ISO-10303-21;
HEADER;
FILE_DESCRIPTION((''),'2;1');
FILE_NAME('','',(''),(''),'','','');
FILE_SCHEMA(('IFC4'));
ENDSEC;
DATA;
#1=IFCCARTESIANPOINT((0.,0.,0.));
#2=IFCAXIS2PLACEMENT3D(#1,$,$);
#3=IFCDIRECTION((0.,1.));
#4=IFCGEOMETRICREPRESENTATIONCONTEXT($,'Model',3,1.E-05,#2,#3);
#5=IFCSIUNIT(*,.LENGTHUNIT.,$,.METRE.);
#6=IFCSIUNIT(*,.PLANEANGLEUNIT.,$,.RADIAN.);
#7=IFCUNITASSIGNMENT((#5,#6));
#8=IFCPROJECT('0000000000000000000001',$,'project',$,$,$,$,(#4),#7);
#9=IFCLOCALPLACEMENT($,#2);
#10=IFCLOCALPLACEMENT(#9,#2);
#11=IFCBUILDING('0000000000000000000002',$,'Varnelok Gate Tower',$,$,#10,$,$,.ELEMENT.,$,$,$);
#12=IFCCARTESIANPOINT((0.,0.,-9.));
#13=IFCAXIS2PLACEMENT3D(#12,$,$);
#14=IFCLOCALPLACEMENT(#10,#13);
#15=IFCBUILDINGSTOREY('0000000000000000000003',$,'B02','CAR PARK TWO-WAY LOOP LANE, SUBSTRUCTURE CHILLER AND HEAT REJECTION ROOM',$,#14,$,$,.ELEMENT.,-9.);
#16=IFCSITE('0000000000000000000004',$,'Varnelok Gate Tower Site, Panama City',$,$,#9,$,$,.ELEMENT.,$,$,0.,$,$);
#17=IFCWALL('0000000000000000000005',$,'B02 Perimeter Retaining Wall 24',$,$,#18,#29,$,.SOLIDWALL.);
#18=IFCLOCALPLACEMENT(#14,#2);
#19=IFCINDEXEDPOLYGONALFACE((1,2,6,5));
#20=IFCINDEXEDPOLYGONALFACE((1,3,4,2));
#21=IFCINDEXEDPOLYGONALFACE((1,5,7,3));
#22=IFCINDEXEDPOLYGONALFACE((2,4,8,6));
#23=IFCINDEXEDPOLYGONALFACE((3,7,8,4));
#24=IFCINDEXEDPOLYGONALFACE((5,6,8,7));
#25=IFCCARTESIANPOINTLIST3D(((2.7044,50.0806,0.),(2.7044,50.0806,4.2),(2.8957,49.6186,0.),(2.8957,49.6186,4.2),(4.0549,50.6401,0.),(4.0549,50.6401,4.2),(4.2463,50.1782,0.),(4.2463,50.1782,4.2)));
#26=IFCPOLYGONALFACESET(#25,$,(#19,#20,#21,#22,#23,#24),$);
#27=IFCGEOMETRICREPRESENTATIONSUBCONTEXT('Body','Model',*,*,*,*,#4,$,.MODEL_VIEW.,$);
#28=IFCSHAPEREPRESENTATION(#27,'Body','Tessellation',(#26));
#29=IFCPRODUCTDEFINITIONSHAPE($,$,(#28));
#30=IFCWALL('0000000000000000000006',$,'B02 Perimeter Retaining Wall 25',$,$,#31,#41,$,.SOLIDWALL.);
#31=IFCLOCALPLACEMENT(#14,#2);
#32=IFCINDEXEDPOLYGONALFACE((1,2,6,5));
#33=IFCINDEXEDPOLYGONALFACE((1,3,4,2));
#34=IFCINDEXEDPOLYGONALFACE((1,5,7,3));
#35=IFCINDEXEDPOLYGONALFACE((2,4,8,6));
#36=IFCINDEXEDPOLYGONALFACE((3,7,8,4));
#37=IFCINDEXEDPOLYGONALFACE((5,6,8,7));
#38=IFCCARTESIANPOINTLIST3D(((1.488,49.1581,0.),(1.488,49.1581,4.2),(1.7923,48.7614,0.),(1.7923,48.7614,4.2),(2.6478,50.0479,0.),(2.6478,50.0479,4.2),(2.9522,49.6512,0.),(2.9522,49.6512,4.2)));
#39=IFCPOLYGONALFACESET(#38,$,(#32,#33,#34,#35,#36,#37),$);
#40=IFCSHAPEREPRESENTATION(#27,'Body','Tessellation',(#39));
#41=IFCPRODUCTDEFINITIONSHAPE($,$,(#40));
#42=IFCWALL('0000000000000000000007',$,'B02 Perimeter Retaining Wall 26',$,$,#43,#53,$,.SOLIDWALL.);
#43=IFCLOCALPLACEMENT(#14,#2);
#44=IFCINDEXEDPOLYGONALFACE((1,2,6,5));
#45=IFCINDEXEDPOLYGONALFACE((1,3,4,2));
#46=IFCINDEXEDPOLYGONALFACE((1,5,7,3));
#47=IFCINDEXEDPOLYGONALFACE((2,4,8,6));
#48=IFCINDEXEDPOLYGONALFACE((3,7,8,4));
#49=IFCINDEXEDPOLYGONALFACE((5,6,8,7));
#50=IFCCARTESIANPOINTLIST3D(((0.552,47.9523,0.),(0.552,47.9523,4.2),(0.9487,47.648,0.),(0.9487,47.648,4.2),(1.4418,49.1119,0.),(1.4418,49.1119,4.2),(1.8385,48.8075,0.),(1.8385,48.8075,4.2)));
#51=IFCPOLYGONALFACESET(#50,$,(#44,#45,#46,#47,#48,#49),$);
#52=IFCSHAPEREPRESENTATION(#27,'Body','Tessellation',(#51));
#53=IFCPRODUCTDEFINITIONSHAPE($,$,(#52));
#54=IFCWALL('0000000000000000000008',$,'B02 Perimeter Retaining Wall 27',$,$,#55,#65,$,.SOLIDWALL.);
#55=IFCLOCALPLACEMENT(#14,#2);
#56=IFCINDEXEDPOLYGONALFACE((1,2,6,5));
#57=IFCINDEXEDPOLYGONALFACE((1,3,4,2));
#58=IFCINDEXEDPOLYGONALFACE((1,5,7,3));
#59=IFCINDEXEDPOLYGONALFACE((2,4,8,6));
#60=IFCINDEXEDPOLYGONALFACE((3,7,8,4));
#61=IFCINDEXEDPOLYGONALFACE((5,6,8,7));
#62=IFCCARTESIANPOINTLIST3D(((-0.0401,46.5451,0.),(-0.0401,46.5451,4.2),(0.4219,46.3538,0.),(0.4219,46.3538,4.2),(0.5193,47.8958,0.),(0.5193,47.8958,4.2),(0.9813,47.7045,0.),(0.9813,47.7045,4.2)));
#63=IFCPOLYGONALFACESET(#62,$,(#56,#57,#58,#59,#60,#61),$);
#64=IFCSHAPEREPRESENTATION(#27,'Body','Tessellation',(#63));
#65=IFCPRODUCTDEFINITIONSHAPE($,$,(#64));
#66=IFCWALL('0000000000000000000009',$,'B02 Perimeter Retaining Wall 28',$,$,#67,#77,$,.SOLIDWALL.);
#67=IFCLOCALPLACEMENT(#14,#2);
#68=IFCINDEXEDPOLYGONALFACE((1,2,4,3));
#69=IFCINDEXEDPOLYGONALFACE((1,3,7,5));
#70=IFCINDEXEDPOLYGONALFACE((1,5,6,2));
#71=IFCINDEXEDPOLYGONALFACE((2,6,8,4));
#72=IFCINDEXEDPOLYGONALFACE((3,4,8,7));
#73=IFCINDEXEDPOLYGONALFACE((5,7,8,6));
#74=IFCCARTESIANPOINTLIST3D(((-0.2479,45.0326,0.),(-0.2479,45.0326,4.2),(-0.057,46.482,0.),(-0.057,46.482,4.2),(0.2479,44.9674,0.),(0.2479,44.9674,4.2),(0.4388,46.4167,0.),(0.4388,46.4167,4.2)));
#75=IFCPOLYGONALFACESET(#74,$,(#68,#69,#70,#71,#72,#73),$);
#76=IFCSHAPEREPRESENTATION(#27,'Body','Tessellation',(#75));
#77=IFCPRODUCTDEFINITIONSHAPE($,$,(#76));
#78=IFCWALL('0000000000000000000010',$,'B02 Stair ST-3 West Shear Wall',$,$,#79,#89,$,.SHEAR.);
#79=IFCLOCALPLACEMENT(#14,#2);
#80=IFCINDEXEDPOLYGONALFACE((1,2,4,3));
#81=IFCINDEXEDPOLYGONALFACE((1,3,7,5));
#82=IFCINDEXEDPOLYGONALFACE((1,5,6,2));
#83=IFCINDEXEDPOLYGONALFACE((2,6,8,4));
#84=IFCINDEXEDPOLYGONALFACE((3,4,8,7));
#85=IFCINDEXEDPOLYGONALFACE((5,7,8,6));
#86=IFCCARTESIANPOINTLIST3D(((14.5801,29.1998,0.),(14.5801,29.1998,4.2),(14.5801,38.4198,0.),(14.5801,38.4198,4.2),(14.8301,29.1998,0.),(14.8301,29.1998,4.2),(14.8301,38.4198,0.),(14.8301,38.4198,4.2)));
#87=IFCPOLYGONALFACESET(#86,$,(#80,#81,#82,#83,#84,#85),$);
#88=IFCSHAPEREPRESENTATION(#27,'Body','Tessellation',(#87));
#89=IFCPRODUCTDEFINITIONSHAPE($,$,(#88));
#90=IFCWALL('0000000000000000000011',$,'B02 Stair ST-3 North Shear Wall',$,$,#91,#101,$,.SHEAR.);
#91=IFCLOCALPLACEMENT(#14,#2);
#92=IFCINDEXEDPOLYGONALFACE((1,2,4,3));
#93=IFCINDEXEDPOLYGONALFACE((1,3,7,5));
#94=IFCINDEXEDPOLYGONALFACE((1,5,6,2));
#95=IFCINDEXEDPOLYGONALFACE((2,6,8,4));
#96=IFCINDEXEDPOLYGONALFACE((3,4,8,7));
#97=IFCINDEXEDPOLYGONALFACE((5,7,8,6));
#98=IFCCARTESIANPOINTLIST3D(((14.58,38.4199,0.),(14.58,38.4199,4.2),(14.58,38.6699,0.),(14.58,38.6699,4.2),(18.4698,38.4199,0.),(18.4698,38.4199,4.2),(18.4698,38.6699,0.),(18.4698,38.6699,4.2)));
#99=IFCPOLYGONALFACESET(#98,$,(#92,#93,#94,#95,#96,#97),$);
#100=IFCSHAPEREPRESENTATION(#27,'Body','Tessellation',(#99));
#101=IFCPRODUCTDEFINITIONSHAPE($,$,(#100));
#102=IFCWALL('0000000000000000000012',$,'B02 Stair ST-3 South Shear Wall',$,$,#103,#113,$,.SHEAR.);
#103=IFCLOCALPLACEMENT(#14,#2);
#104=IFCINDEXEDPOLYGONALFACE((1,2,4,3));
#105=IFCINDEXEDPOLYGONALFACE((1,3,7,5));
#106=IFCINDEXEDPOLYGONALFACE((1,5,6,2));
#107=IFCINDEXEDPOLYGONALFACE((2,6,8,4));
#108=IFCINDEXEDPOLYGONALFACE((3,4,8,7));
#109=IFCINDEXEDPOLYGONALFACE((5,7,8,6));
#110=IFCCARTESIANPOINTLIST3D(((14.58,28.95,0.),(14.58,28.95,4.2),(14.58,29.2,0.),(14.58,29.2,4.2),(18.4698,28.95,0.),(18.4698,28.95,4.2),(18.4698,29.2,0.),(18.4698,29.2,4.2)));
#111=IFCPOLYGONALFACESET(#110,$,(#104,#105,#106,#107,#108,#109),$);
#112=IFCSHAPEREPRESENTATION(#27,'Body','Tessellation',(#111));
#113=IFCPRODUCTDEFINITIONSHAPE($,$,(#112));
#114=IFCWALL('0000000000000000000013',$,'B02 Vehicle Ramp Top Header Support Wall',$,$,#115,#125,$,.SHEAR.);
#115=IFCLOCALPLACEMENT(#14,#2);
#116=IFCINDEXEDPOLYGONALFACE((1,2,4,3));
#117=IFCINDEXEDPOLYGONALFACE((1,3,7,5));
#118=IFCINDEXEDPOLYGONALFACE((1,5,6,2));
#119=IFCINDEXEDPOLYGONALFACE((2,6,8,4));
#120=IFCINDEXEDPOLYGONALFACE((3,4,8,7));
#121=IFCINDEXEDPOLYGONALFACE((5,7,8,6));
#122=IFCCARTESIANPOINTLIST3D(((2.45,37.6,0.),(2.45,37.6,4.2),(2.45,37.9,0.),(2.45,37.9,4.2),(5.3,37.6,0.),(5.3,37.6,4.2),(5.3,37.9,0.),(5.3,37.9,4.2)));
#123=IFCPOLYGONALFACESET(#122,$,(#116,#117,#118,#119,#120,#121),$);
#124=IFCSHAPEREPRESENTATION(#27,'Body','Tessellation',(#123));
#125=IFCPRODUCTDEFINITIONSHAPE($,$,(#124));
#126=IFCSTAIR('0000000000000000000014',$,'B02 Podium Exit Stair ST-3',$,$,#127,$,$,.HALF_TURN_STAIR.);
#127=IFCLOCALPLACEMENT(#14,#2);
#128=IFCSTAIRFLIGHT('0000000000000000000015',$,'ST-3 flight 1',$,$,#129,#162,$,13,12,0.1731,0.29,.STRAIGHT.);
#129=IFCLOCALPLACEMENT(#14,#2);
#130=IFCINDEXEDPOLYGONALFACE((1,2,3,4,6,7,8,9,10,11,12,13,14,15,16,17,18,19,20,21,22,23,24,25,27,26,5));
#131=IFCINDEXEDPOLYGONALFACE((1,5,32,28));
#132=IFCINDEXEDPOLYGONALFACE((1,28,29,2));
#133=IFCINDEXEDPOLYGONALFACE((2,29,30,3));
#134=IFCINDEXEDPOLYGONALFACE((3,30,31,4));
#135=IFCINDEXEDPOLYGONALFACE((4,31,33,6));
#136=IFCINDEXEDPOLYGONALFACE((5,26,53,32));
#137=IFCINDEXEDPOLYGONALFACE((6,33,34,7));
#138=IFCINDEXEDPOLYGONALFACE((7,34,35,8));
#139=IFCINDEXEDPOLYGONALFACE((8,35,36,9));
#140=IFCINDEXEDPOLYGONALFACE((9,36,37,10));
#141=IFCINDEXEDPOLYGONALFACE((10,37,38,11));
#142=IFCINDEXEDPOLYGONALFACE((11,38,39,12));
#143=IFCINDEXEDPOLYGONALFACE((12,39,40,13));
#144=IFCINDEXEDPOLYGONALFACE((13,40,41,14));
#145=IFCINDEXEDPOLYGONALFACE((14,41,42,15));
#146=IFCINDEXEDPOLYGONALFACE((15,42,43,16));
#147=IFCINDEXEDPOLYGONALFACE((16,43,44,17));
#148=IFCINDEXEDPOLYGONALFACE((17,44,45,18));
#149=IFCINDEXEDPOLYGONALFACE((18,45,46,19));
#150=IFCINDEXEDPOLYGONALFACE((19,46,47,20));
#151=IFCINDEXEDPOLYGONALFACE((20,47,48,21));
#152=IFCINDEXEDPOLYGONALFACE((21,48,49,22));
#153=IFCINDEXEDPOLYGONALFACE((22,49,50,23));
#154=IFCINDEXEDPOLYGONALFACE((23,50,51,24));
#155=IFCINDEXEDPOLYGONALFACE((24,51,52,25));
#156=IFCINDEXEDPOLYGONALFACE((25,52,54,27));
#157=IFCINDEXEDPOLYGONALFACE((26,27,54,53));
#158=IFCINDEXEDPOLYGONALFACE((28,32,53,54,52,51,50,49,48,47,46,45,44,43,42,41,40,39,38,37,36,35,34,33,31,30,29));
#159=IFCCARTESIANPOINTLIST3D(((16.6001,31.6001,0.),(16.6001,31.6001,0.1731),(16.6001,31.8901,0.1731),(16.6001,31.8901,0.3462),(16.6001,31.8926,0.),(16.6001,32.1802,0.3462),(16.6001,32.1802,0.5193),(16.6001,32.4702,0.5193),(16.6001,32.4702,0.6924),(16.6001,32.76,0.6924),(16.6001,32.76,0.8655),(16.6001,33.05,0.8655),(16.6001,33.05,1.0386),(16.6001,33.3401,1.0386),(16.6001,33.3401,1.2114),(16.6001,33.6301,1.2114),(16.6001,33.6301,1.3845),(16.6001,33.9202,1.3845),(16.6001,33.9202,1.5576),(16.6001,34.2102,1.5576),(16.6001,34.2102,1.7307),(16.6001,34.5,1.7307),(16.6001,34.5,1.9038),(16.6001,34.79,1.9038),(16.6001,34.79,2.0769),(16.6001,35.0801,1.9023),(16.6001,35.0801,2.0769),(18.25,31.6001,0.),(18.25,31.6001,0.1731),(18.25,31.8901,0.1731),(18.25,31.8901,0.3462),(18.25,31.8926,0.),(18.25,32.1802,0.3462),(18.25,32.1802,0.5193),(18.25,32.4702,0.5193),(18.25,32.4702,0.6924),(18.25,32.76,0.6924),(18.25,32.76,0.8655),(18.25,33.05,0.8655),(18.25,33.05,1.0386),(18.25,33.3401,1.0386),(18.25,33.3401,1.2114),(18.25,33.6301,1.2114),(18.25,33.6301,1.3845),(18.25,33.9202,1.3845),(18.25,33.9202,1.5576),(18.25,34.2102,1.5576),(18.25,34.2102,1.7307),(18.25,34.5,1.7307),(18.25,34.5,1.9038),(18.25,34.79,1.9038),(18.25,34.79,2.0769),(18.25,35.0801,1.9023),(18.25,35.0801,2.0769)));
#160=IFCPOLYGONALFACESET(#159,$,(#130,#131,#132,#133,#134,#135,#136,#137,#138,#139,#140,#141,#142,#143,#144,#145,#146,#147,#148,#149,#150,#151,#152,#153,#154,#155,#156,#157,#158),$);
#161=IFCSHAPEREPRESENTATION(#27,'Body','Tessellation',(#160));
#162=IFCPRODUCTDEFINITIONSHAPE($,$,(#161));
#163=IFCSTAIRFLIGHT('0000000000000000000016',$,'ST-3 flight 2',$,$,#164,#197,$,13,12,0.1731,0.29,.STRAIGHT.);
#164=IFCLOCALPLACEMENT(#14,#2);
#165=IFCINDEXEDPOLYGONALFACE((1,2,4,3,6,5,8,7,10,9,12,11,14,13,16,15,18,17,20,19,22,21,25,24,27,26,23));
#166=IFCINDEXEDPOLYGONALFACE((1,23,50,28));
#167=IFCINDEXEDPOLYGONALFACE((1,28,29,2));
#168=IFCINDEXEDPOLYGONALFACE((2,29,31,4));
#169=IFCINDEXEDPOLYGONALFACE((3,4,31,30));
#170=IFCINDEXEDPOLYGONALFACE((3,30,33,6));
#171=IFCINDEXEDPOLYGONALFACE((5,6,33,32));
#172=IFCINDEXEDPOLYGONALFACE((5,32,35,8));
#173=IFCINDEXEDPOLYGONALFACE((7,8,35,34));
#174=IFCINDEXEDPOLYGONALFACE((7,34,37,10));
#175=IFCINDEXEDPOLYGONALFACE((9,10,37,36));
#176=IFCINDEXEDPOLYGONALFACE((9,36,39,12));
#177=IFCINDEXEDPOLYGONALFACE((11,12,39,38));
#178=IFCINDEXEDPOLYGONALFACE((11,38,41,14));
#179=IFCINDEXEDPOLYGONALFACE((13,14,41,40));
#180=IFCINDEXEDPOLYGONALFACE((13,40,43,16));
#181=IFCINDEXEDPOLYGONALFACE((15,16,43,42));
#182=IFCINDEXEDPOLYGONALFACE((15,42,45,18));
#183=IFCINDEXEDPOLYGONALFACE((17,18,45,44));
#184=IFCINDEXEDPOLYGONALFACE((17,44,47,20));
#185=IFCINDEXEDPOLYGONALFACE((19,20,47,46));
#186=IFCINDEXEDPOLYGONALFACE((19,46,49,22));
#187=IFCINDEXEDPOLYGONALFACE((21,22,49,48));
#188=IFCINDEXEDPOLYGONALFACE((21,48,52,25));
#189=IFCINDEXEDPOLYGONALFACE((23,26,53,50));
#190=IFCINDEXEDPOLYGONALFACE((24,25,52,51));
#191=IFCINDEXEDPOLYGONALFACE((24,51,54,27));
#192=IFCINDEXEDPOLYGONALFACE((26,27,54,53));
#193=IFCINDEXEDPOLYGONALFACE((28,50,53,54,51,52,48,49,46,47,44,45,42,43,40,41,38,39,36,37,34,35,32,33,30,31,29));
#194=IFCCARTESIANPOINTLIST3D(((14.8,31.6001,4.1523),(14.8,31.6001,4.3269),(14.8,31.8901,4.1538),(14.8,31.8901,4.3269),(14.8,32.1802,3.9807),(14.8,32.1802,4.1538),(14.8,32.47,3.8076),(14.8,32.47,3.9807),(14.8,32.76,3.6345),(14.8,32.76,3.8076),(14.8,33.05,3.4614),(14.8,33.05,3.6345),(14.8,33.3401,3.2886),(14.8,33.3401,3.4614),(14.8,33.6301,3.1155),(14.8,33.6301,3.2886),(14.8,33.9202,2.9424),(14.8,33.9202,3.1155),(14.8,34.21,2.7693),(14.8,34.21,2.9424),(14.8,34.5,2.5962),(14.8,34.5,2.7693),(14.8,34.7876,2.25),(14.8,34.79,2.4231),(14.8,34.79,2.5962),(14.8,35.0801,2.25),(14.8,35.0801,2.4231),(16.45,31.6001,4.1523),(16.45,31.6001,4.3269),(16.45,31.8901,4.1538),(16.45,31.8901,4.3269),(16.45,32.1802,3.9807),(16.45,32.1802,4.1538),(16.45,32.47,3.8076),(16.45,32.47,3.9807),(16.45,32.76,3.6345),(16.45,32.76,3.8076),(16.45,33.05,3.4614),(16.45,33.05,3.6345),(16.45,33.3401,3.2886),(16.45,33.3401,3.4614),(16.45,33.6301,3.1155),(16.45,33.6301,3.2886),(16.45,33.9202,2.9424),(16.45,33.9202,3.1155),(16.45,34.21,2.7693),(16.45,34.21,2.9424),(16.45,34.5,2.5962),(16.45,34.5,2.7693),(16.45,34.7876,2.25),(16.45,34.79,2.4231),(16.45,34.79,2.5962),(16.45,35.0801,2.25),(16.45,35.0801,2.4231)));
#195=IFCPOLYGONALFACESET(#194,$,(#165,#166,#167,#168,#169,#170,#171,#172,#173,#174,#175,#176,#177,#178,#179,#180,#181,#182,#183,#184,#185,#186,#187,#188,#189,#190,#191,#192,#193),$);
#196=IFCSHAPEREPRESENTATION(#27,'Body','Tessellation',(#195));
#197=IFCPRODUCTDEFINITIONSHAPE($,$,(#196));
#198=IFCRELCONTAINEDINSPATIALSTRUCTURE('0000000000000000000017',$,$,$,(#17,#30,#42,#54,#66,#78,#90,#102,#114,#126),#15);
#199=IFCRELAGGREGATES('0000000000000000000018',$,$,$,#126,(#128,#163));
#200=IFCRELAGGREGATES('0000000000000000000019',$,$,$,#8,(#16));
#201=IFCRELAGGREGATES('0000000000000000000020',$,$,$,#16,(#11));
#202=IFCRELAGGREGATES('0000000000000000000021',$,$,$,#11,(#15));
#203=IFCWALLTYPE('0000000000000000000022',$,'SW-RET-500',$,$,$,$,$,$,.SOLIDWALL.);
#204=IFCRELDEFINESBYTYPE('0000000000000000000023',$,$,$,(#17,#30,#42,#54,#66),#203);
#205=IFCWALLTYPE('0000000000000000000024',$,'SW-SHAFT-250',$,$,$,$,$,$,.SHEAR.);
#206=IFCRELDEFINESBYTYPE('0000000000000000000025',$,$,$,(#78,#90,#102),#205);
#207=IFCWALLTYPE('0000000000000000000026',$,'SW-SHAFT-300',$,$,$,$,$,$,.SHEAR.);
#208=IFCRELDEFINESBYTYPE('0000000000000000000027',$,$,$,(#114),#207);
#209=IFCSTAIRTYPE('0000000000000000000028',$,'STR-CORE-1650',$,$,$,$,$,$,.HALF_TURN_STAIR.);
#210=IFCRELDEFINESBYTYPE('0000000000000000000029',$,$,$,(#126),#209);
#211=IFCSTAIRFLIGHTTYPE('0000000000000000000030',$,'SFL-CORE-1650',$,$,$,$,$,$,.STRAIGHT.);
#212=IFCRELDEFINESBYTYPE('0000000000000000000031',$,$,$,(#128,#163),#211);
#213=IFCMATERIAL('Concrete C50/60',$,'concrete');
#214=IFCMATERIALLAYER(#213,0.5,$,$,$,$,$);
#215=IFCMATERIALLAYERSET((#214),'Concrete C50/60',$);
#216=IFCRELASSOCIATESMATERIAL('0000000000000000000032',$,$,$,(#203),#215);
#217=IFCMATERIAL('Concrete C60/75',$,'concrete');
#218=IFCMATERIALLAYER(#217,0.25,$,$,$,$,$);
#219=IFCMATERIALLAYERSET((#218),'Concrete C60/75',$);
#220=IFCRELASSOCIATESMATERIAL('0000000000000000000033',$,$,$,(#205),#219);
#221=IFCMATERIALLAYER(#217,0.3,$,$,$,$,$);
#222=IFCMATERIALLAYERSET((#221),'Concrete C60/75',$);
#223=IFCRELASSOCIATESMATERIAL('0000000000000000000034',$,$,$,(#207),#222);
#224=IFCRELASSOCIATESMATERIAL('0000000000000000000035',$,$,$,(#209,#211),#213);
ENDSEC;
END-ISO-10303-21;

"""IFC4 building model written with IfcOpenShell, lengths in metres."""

from ifc_helpers import new_model, si_unit, direction, frame, frame_2d, origin, place, context, subcontext, project, spatial, polyline, rectangle, outline, extrude, material, layer, layer_set, type_object, element, aggregate, save


model = new_model("IFC4")

# Units and contexts
model_context = context("Model", 3, precision=1e-05, world=origin(), true_north=direction((0.0, 1.0)))
body_context = subcontext(model_context, "Body", "Model", "MODEL_VIEW")
ifc_project = project(units=[si_unit("LENGTHUNIT", "METRE"), si_unit("PLANEANGLEUNIT", "RADIAN")], contexts=[model_context])

# Site, building, storey
site_placement = place(None, origin())
site = spatial("IfcSite", under=ifc_project, at=site_placement, Name="Varnelok Gate Tower Site, Panama City", CompositionType="ELEMENT", RefElevation=0.0)
building_placement = place(site_placement, origin())
building = spatial("IfcBuilding", under=site, at=building_placement, Name="Varnelok Gate Tower", CompositionType="ELEMENT")
storey_placement = place(building_placement, frame((0.0, 0.0, -9.0)))
storey = spatial("IfcBuildingStorey", under=building, at=storey_placement, Name="B02", Description="CAR PARK TWO-WAY LOOP LANE, SUBSTRUCTURE CHILLER AND HEAT REJECTION ROOM", CompositionType="ELEMENT", Elevation=-9.0)

# Shared definitions
ifc_material_1 = material(Name="Concrete C50/60", Category="concrete")

# Shared definitions
ifc_material_2 = material(Name="Concrete C60/75", Category="concrete")

# Walls
ifc_layer_1 = layer(ifc_material_1, 0.5)
ifc_layer_set_1 = layer_set([ifc_layer_1], Name="Concrete C50/60")
wall_type_1 = type_object("IfcWallType", Name="SW-RET-500", PredefinedType="SOLIDWALL", material=ifc_layer_set_1)
for number, where, z_axis, x_axis, name in (
    (1, (2.8, 49.8496, 0.0), (0.0, 0.0, 1.0), (0.923846, 0.382765, 0.0), "B02 Perimeter Retaining Wall 24"),
    (2, (1.6401, 48.9597, 0.0), (0.0, 0.0, 1.0), (0.793399, 0.608701, 0.0), "B02 Perimeter Retaining Wall 25"),
):
    element("IfcWall", number, at=place(storey_placement, frame(where, z_axis=z_axis, x_axis=x_axis)), inside=storey, type_object=wall_type_1, Name=name, PredefinedType="SOLIDWALL", context=body_context, shape_type="SweptSolid", body=[
        extrude(rectangle(XDim=1.4619, YDim=0.5, at=frame_2d((0.731, 0.0))), origin(), (0.0, 0.0, 1.0), 4.2),
    ])
wall_1_placement = place(storey_placement, frame((0.7502, 47.8, 0.0), z_axis=(0.0, 0.0, 1.0), x_axis=(0.608782, 0.793337, 0.0)))
element("IfcWall", 3, at=wall_1_placement, inside=storey, type_object=wall_type_1, Name="B02 Perimeter Retaining Wall 26", PredefinedType="SOLIDWALL", context=body_context, shape_type="SweptSolid", body=[
    extrude(rectangle(XDim=1.4617, YDim=0.5, at=frame_2d((0.731, 0.0))), origin(), (0.0, 0.0, 1.0), 4.2),
])
for number, where, z_axis, x_axis, name in (
    (4, (0.1909, 46.4495, 0.0), (0.0, 0.0, 1.0), (0.382622, 0.923905, 0.0), "B02 Perimeter Retaining Wall 27"),
    (5, (0.0, 45.0, 0.0), (0.0, 0.0, 1.0), (0.130588, 0.991437, 0.0), "B02 Perimeter Retaining Wall 28"),
):
    element("IfcWall", number, at=place(storey_placement, frame(where, z_axis=z_axis, x_axis=x_axis)), inside=storey, type_object=wall_type_1, Name=name, PredefinedType="SOLIDWALL", context=body_context, shape_type="SweptSolid", body=[
        extrude(rectangle(XDim=1.4619, YDim=0.5, at=frame_2d((0.731, 0.0))), origin(), (0.0, 0.0, 1.0), 4.2),
    ])
ifc_layer_2 = layer(ifc_material_2, 0.25)
ifc_layer_set_2 = layer_set([ifc_layer_2], Name="Concrete C60/75")
wall_type_2 = type_object("IfcWallType", Name="SW-SHAFT-250", PredefinedType="SHEAR", material=ifc_layer_set_2)
wall_2_placement = place(storey_placement, frame((14.7051, 29.2, 0.0), z_axis=(0.0, 0.0, 1.0), x_axis=(0.0, 1.0, 0.0)))
element("IfcWall", 6, at=wall_2_placement, inside=storey, type_object=wall_type_2, Name="B02 Stair ST-3 West Shear Wall", PredefinedType="SHEAR", context=body_context, shape_type="SweptSolid", body=[
    extrude(rectangle(XDim=9.22, YDim=0.25, at=frame_2d((4.6099, 0.0))), origin(), (0.0, 0.0, 1.0), 4.2),
])
for number, where, z_axis, x_axis, name in (
    (7, (14.5801, 38.5449, 0.0), (0.0, 0.0, 1.0), (1.0, 0.0, 0.0), "B02 Stair ST-3 North Shear Wall"),
    (8, (14.5801, 29.075, 0.0), (0.0, 0.0, 1.0), (1.0, 0.0, 0.0), "B02 Stair ST-3 South Shear Wall"),
):
    element("IfcWall", number, at=place(storey_placement, frame(where, z_axis=z_axis, x_axis=x_axis)), inside=storey, type_object=wall_type_2, Name=name, PredefinedType="SHEAR", context=body_context, shape_type="SweptSolid", body=[
        extrude(rectangle(XDim=3.8899, YDim=0.25, at=frame_2d((1.9448, 0.0))), origin(), (0.0, 0.0, 1.0), 4.2),
    ])
ifc_layer_3 = layer(ifc_material_2, 0.3)
ifc_layer_set_3 = layer_set([ifc_layer_3], Name="Concrete C60/75")
wall_type_3 = type_object("IfcWallType", Name="SW-SHAFT-300", PredefinedType="SHEAR", material=ifc_layer_set_3)
wall_3_placement = place(storey_placement, frame((2.45, 37.75, 0.0), z_axis=(0.0, 0.0, 1.0), x_axis=(1.0, 0.0, 0.0)))
element("IfcWall", 9, at=wall_3_placement, inside=storey, type_object=wall_type_3, Name="B02 Vehicle Ramp Top Header Support Wall", PredefinedType="SHEAR", context=body_context, shape_type="SweptSolid", body=[
    extrude(rectangle(XDim=2.8501, YDim=0.3, at=frame_2d((1.425, 0.0))), origin(), (0.0, 0.0, 1.0), 4.2),
])

# Stair, stair flights
stair_type = type_object("IfcStairType", Name="STR-CORE-1650", PredefinedType="HALF_TURN_STAIR", material=ifc_material_1)
stair_placement = place(storey_placement, origin())
stair = element("IfcStair", 10, at=stair_placement, inside=storey, type_object=stair_type, Name="B02 Podium Exit Stair ST-3", PredefinedType="HALF_TURN_STAIR")
stair_flight_type = type_object("IfcStairFlightType", Name="SFL-CORE-1650", PredefinedType="STRAIGHT", material=ifc_material_1)
stair_flight_1_placement = place(storey_placement, frame((17.425, 31.6001, 0.0), z_axis=(0.0, 0.0, 1.0), x_axis=(0.0, 1.0, 0.0)))
stair_flight_1 = element("IfcStairFlight", 11, at=stair_flight_1_placement, type_object=stair_flight_type, Name="ST-3 flight 1", NumberOfRisers=13, NumberOfTreads=12, PredefinedType="STRAIGHT", RiserHeight=0.1731, TreadLength=0.29, context=body_context, shape_type="SweptSolid", body=[
    extrude(outline(polyline([(0.0, 0.0), (0.0, 0.1731), (0.29, 0.1731), (0.29, 0.3462), (0.5801, 0.3462), (0.5801, 0.5193), (0.8701, 0.5193), (0.8701, 0.6924), (1.1599, 0.6924), (1.1599, 0.8655), (1.45, 0.8655), (1.45, 1.0386), (1.74, 1.0386), (1.74, 1.2114), (2.03, 1.2114), (2.03, 1.3845), (2.3201, 1.3845), (2.3201, 1.5576), (2.6101, 1.5576), (2.6101, 1.7307), (2.8999, 1.7307), (2.8999, 1.9038), (3.1899, 1.9038), (3.1899, 2.0769), (3.48, 2.0769), (3.48, 2.25), (3.48, 1.9023), (0.2925, 0.0), (0.0, 0.0)])), frame((0.0, 0.825, 0.0), z_axis=(0.0, -1.0, 0.0), x_axis=(1.0, 0.0, 0.0)), (0.0, 0.0, 1.0), 1.6499),
])
stair_flight_2_placement = place(storey_placement, frame((15.625, 35.0801, 2.25), z_axis=(0.0, 0.0, 1.0), x_axis=(0.0, -1.0, 0.0)))
stair_flight_2 = element("IfcStairFlight", 12, at=stair_flight_2_placement, type_object=stair_flight_type, Name="ST-3 flight 2", NumberOfRisers=13, NumberOfTreads=12, PredefinedType="STRAIGHT", RiserHeight=0.1731, TreadLength=0.29, context=body_context, shape_type="SweptSolid", body=[
    extrude(outline(polyline([(0.0, 0.0), (0.0, 0.1731), (0.29, 0.1731), (0.29, 0.3462), (0.5801, 0.3462), (0.5801, 0.5193), (0.8701, 0.5193), (0.8701, 0.6924), (1.1599, 0.6924), (1.1599, 0.8655), (1.45, 0.8655), (1.45, 1.0386), (1.74, 1.0386), (1.74, 1.2114), (2.03, 1.2114), (2.03, 1.3845), (2.3201, 1.3845), (2.3201, 1.5576), (2.6101, 1.5576), (2.6101, 1.7307), (2.8999, 1.7307), (2.8999, 1.9038), (3.1899, 1.9038), (3.1899, 2.0769), (3.48, 2.0769), (3.48, 2.25), (3.48, 1.9023), (0.2925, 0.0), (0.0, 0.0)])), frame((0.0, 0.825, 0.0), z_axis=(0.0, -1.0, 0.0), x_axis=(1.0, 0.0, 0.0)), (0.0, 0.0, 1.0), 1.6499),
])
aggregate(stair, [stair_flight_1, stair_flight_2])

save(model, "model.ifc")
